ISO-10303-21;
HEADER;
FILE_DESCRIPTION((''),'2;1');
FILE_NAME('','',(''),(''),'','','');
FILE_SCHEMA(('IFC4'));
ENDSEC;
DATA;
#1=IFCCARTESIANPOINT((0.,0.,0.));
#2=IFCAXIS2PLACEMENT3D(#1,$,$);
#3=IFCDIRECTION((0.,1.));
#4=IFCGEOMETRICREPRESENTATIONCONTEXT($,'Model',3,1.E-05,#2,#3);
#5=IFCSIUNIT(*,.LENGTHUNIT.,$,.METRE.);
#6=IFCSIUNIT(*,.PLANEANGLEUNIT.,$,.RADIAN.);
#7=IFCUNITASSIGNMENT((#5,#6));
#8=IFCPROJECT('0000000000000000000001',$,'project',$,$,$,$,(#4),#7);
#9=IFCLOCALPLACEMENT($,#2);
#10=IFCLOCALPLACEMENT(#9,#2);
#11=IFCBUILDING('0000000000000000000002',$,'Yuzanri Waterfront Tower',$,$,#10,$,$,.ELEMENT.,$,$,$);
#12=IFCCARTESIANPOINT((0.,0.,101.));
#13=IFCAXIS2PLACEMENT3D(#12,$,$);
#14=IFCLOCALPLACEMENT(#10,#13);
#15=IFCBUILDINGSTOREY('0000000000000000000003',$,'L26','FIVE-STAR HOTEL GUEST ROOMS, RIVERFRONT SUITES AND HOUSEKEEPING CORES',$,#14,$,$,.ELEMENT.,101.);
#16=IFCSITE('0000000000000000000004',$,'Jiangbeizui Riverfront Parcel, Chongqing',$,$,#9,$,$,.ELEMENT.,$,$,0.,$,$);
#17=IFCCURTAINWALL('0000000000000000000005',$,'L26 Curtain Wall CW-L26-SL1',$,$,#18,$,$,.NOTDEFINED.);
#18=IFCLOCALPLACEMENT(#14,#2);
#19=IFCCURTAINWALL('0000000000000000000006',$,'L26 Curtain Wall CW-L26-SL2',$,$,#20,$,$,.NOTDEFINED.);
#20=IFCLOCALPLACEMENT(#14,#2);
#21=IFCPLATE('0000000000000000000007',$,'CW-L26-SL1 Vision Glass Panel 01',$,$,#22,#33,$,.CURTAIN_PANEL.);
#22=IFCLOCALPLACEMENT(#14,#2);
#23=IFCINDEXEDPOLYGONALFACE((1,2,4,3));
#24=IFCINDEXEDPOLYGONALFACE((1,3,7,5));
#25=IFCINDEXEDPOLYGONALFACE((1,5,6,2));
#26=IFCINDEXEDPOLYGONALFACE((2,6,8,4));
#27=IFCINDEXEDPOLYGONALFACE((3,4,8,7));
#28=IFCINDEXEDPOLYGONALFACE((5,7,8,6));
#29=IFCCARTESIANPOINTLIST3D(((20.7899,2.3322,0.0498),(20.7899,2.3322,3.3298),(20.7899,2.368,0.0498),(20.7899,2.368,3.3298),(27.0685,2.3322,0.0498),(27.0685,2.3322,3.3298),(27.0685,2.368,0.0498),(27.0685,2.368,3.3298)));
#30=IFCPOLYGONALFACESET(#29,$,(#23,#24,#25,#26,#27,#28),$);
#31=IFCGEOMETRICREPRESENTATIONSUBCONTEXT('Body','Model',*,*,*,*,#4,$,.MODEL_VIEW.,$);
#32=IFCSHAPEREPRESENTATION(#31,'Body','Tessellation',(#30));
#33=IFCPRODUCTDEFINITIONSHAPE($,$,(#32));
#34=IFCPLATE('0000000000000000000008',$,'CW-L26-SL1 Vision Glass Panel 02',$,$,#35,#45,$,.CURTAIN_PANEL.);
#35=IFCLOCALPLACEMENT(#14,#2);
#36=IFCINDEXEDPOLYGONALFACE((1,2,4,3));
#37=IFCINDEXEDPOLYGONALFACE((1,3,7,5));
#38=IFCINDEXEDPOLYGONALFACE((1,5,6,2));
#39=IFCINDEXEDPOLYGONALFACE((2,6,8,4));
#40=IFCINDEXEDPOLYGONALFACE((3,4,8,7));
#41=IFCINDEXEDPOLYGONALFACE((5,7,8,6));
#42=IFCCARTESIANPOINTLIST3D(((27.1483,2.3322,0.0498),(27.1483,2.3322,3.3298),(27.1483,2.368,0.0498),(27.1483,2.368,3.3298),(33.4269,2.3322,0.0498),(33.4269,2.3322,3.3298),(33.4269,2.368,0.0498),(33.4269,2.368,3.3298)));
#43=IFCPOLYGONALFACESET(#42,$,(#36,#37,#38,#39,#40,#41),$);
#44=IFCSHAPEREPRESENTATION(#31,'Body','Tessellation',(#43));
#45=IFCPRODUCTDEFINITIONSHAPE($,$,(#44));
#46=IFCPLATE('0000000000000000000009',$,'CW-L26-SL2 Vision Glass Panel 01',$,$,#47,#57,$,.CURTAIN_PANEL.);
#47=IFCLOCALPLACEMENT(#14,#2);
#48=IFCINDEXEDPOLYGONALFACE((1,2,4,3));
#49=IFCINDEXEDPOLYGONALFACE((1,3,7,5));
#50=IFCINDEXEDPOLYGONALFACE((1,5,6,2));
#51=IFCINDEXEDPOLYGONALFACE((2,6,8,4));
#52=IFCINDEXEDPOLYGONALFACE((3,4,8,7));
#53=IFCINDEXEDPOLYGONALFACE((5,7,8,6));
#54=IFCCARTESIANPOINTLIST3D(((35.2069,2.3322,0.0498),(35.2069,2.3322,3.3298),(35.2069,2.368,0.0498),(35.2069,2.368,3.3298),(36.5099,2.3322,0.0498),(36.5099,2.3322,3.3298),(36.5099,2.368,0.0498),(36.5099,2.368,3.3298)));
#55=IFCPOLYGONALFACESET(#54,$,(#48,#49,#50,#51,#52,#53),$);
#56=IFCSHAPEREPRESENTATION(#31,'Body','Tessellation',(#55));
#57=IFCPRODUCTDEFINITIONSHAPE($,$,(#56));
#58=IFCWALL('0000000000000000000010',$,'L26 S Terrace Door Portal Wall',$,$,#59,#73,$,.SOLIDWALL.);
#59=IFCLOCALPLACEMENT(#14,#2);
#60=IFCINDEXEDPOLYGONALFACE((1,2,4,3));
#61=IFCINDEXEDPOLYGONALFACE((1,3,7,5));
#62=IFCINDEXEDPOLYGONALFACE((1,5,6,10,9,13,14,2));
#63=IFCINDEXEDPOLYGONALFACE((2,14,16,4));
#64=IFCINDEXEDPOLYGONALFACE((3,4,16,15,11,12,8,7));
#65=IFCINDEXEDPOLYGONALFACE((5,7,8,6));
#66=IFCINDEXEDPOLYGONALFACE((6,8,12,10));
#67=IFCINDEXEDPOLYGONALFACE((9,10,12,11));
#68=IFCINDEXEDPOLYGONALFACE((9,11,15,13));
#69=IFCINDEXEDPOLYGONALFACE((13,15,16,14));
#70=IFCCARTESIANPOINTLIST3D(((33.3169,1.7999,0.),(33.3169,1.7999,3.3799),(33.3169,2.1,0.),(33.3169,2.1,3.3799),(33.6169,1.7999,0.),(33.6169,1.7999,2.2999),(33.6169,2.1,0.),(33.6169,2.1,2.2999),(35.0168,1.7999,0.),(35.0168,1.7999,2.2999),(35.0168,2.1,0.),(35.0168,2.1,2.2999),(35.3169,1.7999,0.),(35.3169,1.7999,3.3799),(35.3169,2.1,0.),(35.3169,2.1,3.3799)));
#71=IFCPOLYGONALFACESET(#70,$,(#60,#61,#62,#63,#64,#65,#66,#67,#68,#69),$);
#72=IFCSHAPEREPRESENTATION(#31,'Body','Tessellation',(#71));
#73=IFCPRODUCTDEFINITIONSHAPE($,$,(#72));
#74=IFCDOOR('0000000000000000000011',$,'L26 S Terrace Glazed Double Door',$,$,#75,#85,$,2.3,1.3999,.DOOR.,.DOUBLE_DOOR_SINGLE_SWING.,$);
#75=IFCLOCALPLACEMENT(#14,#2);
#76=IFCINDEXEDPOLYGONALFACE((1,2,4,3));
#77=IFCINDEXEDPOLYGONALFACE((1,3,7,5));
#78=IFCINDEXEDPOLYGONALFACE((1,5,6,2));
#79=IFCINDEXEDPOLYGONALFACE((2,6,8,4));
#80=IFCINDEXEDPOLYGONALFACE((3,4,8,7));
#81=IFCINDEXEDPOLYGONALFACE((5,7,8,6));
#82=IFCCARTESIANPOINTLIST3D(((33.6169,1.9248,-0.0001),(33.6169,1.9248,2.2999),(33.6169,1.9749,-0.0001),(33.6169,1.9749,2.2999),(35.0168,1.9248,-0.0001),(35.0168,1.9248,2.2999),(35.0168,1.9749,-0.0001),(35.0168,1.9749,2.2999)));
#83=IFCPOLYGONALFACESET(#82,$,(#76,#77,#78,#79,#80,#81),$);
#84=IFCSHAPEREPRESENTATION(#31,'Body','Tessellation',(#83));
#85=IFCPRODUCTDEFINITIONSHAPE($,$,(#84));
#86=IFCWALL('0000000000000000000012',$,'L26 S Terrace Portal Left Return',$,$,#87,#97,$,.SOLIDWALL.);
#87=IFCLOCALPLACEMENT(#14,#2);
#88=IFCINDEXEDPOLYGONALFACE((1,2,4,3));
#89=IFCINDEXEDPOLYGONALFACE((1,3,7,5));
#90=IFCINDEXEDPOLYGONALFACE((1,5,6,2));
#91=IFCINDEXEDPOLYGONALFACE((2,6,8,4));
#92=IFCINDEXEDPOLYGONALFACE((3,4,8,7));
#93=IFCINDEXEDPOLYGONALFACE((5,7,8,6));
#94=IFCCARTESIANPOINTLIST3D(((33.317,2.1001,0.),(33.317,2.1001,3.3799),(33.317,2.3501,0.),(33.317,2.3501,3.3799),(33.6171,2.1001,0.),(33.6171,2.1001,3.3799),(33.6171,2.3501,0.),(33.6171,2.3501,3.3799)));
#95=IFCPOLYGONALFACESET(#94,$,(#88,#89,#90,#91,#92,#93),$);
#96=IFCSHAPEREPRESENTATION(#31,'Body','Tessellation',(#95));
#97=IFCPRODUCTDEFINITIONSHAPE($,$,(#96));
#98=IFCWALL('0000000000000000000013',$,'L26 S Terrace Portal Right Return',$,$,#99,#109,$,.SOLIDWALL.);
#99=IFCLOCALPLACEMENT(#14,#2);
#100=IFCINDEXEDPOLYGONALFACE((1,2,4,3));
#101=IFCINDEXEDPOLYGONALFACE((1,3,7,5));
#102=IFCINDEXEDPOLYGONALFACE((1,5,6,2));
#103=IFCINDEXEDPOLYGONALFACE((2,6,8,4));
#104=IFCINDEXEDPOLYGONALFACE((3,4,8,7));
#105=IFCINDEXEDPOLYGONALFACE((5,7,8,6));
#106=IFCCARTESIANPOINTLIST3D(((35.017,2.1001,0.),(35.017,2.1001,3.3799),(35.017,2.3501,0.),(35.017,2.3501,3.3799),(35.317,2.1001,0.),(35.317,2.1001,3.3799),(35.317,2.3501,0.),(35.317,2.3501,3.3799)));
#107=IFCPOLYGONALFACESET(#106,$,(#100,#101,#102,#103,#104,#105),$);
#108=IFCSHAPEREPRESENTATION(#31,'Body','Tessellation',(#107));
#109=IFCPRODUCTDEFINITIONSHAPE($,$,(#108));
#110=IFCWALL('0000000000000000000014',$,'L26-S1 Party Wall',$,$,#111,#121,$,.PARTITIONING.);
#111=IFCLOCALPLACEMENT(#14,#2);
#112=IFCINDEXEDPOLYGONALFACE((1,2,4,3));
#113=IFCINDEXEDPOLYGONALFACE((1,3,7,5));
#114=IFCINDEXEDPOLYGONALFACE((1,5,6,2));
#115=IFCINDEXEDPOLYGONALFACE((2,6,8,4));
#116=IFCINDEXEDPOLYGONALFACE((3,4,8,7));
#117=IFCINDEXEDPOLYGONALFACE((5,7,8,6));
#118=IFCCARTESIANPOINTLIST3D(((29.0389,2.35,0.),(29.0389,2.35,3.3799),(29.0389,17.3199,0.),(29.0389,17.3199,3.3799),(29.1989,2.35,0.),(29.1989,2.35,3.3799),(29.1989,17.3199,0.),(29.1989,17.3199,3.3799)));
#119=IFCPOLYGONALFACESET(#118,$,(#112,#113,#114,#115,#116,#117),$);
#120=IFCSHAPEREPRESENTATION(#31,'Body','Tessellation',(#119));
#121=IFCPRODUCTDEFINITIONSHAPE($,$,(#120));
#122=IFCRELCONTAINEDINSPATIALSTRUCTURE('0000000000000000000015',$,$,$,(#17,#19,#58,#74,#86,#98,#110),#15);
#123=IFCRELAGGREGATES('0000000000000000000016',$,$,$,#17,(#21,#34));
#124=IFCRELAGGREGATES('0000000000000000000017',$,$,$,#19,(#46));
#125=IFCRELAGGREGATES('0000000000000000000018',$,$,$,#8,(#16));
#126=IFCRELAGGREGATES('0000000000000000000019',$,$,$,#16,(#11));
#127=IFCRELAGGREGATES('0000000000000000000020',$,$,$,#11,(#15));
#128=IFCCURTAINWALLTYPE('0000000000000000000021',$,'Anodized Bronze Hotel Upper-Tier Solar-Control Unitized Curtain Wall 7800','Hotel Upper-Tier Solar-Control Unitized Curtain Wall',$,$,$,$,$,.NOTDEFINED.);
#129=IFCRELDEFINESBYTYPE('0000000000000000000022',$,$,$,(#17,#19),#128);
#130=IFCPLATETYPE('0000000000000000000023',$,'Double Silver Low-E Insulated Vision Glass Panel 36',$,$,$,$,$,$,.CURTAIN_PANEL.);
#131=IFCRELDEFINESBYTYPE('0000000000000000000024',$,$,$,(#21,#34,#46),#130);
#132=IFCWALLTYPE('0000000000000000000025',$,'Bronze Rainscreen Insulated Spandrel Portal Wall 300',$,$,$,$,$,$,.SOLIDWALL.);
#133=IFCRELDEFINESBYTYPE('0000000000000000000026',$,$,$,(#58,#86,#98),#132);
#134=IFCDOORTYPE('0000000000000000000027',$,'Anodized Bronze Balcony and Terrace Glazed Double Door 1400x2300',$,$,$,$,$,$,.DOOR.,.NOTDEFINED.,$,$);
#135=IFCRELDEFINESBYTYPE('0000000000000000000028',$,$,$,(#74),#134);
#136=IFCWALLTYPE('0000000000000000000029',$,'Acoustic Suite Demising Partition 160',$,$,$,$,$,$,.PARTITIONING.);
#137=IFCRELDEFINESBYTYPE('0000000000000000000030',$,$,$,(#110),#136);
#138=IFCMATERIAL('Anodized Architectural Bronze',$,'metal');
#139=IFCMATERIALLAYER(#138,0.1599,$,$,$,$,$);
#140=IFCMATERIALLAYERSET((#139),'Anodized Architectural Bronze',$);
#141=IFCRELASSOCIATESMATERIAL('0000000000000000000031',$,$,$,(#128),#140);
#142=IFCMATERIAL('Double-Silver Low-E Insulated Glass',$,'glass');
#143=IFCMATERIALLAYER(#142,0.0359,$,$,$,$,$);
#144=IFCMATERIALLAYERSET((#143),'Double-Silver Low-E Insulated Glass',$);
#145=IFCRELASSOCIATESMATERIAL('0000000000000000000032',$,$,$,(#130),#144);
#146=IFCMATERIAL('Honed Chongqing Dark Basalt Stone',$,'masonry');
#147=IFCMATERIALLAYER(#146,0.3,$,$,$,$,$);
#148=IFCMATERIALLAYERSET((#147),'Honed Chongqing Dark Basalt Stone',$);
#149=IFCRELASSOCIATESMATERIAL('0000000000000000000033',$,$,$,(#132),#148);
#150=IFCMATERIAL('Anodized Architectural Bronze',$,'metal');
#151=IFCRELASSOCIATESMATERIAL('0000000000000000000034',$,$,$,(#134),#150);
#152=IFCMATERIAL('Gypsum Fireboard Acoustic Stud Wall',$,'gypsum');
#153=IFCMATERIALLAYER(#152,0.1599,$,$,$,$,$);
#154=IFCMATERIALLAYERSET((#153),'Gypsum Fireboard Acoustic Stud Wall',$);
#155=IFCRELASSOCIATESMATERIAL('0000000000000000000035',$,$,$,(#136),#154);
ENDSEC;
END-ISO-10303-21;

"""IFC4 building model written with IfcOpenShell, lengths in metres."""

from ifc_helpers import new_model, si_unit, direction, frame, frame_2d, origin, origin_2d, place, context, subcontext, project, spatial, rectangle, extrude, source, transform, mapped, material, layer, layer_set, type_object, element, fill, aggregate, save


model = new_model("IFC4")

# Units and contexts
model_context = context("Model", 3, precision=1e-05, world=origin(), true_north=direction((0.0, 1.0)))
body_context = subcontext(model_context, "Body", "Model", "MODEL_VIEW")
ifc_project = project(units=[si_unit("LENGTHUNIT", "METRE"), si_unit("PLANEANGLEUNIT", "RADIAN")], contexts=[model_context])

# Site, building, storey
site_placement = place(None, origin())
site = spatial("IfcSite", under=ifc_project, at=site_placement, Name="Jiangbeizui Riverfront Parcel, Chongqing", CompositionType="ELEMENT", RefElevation=0.0)
building_placement = place(site_placement, origin())
building = spatial("IfcBuilding", under=site, at=building_placement, Name="Yuzanri Waterfront Tower", CompositionType="ELEMENT")
storey_placement = place(building_placement, frame((0.0, 0.0, 101.0)))
storey = spatial("IfcBuildingStorey", under=building, at=storey_placement, Name="L26", Description="FIVE-STAR HOTEL GUEST ROOMS, RIVERFRONT SUITES AND HOUSEKEEPING CORES", CompositionType="ELEMENT", Elevation=101.0)

# Curtain walls
ifc_material_1 = material(Name="Anodized Architectural Bronze", Category="metal")
ifc_layer_1 = layer(ifc_material_1, 0.1599)
ifc_layer_set_1 = layer_set([ifc_layer_1], Name="Anodized Architectural Bronze")
curtain_wall_type = type_object("IfcCurtainWallType", Name="Anodized Bronze Hotel Upper-Tier Solar-Control Unitized Curtain Wall 7800", Description="Hotel Upper-Tier Solar-Control Unitized Curtain Wall", PredefinedType="NOTDEFINED", material=ifc_layer_set_1)
curtain_wall_1_placement = place(storey_placement, origin())
curtain_wall_1 = element("IfcCurtainWall", 1, at=curtain_wall_1_placement, inside=storey, type_object=curtain_wall_type, Name="L26 Curtain Wall CW-L26-SL1", PredefinedType="NOTDEFINED")
curtain_wall_2_placement = place(storey_placement, origin())
curtain_wall_2 = element("IfcCurtainWall", 2, at=curtain_wall_2_placement, inside=storey, type_object=curtain_wall_type, Name="L26 Curtain Wall CW-L26-SL2", PredefinedType="NOTDEFINED")

# Plates
ifc_material_2 = material(Name="Double-Silver Low-E Insulated Glass", Category="glass")
ifc_layer_2 = layer(ifc_material_2, 0.0359)
ifc_layer_set_2 = layer_set([ifc_layer_2], Name="Double-Silver Low-E Insulated Glass")
plate_type = type_object("IfcPlateType", Name="Double Silver Low-E Insulated Vision Glass Panel 36", PredefinedType="CURTAIN_PANEL", material=ifc_layer_set_2)
shared_shape_1 = source(origin(), body_context, "Body", "SweptSolid", [
    extrude(rectangle(XDim=6.2786, YDim=0.0359, at=origin_2d()), origin(), (0.0, 0.0, 1.0), 3.28),
])
plate_1_placement = place(storey_placement, frame((23.9292, 2.3501, 0.0498), z_axis=(0.0, 0.0, 1.0), x_axis=(1.0, 0.0, 0.0)))
plate_1 = element("IfcPlate", 3, at=plate_1_placement, type_object=plate_type, Name="CW-L26-SL1 Vision Glass Panel 01", PredefinedType="CURTAIN_PANEL", context=body_context, shape_type="MappedRepresentation", body=[
    mapped(shared_shape_1, transform((0.0, 0.0, 0.0), scale=1.0)),
])
plate_2_placement = place(storey_placement, frame((30.2876, 2.3501, 0.0498), z_axis=(0.0, 0.0, 1.0), x_axis=(1.0, 0.0, 0.0)))
plate_2 = element("IfcPlate", 4, at=plate_2_placement, type_object=plate_type, Name="CW-L26-SL1 Vision Glass Panel 02", PredefinedType="CURTAIN_PANEL", context=body_context, shape_type="MappedRepresentation", body=[
    mapped(shared_shape_1, transform((0.0, 0.0, 0.0), scale=1.0)),
])
aggregate(curtain_wall_1, [plate_1, plate_2])
shared_shape_2 = source(origin(), body_context, "Body", "SweptSolid", [
    extrude(rectangle(XDim=1.303, YDim=0.0359, at=origin_2d()), origin(), (0.0, 0.0, 1.0), 3.28),
])
plate_3_placement = place(storey_placement, frame((35.8584, 2.3501, 0.0498), z_axis=(0.0, 0.0, 1.0), x_axis=(1.0, 0.0, 0.0)))
plate_3 = element("IfcPlate", 5, at=plate_3_placement, type_object=plate_type, Name="CW-L26-SL2 Vision Glass Panel 01", PredefinedType="CURTAIN_PANEL", context=body_context, shape_type="MappedRepresentation", body=[
    mapped(shared_shape_2, transform((0.0, 0.0, 0.0), scale=1.0)),
])
aggregate(curtain_wall_2, [plate_3])

# Wall, opening, door
ifc_material_3 = material(Name="Honed Chongqing Dark Basalt Stone", Category="masonry")
ifc_layer_3 = layer(ifc_material_3, 0.3)
ifc_layer_set_3 = layer_set([ifc_layer_3], Name="Honed Chongqing Dark Basalt Stone")
wall_type_1 = type_object("IfcWallType", Name="Bronze Rainscreen Insulated Spandrel Portal Wall 300", PredefinedType="SOLIDWALL", material=ifc_layer_set_3)
wall_1_placement = place(storey_placement, frame((33.3169, 1.95, 0.0), z_axis=(0.0, 0.0, 1.0), x_axis=(1.0, 0.0, 0.0)))
wall_1 = element("IfcWall", 6, at=wall_1_placement, inside=storey, type_object=wall_type_1, Name="L26 S Terrace Door Portal Wall", PredefinedType="SOLIDWALL", context=body_context, shape_type="SweptSolid", body=[
    extrude(rectangle(XDim=2.0, YDim=0.3, at=frame_2d((1.0, 0.0))), origin(), (0.0, 0.0, 1.0), 3.3799),
])
opening_placement = place(wall_1_placement, frame((0.3, 0.0, 0.0)))
opening = element("IfcOpeningElement", 7, at=opening_placement, cuts=wall_1, PredefinedType="OPENING", context=body_context, shape_type="SweptSolid", body=[
    extrude(rectangle(XDim=1.3999, YDim=2.3, at=frame_2d((0.7, 1.1499))), frame((0.0, 0.165, 0.0), z_axis=(0.0, -1.0, 0.0), x_axis=(1.0, 0.0, 0.0)), (0.0, 0.0, 1.0), 0.3298),
])
ifc_material_4 = material(Name="Anodized Architectural Bronze", Category="metal")
door_type = type_object("IfcDoorType", Name="Anodized Bronze Balcony and Terrace Glazed Double Door 1400x2300", OperationType="NOTDEFINED", PredefinedType="DOOR", material=ifc_material_4)
shared_shape_3 = source(origin(), body_context, "Body", "SweptSolid", [
    extrude(rectangle(XDim=1.3999, YDim=2.3, at=frame_2d((0.7, 1.1499))), frame((0.0, 0.0249, 0.0), z_axis=(0.0, -1.0, 0.0), x_axis=(1.0, 0.0, 0.0)), (0.0, 0.0, 1.0), 0.05),
])
door_placement = place(opening_placement, origin())
door = element("IfcDoor", 8, at=door_placement, inside=storey, type_object=door_type, Name="L26 S Terrace Glazed Double Door", OperationType="DOUBLE_DOOR_SINGLE_SWING", OverallHeight=2.3, OverallWidth=1.3999, PredefinedType="DOOR", context=body_context, shape_type="MappedRepresentation", body=[
    mapped(shared_shape_3, transform((0.0, 0.0, 0.0), scale=1.0)),
])
fill(opening, door)

# Walls
shared_shape_4 = source(origin(), body_context, "Body", "SweptSolid", [
    extrude(rectangle(XDim=0.25, YDim=0.3, at=frame_2d((0.125, 0.0))), origin(), (0.0, 0.0, 1.0), 3.3799),
])
for number, where, z_axis, x_axis, name in (
    (9, (33.467, 2.3501, 0.0), (0.0, 0.0, 1.0), (0.0, -1.0, 0.0), "L26 S Terrace Portal Left Return"),
    (10, (35.167, 2.1001, 0.0), (0.0, 0.0, 1.0), (0.0, 1.0, 0.0), "L26 S Terrace Portal Right Return"),
):
    element("IfcWall", number, at=place(storey_placement, frame(where, z_axis=z_axis, x_axis=x_axis)), inside=storey, type_object=wall_type_1, Name=name, PredefinedType="SOLIDWALL", context=body_context, shape_type="MappedRepresentation", body=[
        mapped(shared_shape_4, transform((0.0, 0.0, 0.0), scale=1.0)),
    ])
ifc_material_5 = material(Name="Gypsum Fireboard Acoustic Stud Wall", Category="gypsum")
ifc_layer_4 = layer(ifc_material_5, 0.1599)
ifc_layer_set_4 = layer_set([ifc_layer_4], Name="Gypsum Fireboard Acoustic Stud Wall")
wall_type_2 = type_object("IfcWallType", Name="Acoustic Suite Demising Partition 160", PredefinedType="PARTITIONING", material=ifc_layer_set_4)
shared_shape_5 = source(origin(), body_context, "Body", "SweptSolid", [
    extrude(rectangle(XDim=14.97, YDim=0.1599, at=frame_2d((7.4849, 0.0))), origin(), (0.0, 0.0, 1.0), 3.3799),
])
wall_2_placement = place(storey_placement, frame((29.1189, 2.3501, 0.0), z_axis=(0.0, 0.0, 1.0), x_axis=(0.0, 1.0, 0.0)))
element("IfcWall", 11, at=wall_2_placement, inside=storey, type_object=wall_type_2, Name="L26-S1 Party Wall", PredefinedType="PARTITIONING", context=body_context, shape_type="MappedRepresentation", body=[
    mapped(shared_shape_5, transform((0.0, 0.0, 0.0), scale=1.0)),
])

save(model, "model.ifc")
